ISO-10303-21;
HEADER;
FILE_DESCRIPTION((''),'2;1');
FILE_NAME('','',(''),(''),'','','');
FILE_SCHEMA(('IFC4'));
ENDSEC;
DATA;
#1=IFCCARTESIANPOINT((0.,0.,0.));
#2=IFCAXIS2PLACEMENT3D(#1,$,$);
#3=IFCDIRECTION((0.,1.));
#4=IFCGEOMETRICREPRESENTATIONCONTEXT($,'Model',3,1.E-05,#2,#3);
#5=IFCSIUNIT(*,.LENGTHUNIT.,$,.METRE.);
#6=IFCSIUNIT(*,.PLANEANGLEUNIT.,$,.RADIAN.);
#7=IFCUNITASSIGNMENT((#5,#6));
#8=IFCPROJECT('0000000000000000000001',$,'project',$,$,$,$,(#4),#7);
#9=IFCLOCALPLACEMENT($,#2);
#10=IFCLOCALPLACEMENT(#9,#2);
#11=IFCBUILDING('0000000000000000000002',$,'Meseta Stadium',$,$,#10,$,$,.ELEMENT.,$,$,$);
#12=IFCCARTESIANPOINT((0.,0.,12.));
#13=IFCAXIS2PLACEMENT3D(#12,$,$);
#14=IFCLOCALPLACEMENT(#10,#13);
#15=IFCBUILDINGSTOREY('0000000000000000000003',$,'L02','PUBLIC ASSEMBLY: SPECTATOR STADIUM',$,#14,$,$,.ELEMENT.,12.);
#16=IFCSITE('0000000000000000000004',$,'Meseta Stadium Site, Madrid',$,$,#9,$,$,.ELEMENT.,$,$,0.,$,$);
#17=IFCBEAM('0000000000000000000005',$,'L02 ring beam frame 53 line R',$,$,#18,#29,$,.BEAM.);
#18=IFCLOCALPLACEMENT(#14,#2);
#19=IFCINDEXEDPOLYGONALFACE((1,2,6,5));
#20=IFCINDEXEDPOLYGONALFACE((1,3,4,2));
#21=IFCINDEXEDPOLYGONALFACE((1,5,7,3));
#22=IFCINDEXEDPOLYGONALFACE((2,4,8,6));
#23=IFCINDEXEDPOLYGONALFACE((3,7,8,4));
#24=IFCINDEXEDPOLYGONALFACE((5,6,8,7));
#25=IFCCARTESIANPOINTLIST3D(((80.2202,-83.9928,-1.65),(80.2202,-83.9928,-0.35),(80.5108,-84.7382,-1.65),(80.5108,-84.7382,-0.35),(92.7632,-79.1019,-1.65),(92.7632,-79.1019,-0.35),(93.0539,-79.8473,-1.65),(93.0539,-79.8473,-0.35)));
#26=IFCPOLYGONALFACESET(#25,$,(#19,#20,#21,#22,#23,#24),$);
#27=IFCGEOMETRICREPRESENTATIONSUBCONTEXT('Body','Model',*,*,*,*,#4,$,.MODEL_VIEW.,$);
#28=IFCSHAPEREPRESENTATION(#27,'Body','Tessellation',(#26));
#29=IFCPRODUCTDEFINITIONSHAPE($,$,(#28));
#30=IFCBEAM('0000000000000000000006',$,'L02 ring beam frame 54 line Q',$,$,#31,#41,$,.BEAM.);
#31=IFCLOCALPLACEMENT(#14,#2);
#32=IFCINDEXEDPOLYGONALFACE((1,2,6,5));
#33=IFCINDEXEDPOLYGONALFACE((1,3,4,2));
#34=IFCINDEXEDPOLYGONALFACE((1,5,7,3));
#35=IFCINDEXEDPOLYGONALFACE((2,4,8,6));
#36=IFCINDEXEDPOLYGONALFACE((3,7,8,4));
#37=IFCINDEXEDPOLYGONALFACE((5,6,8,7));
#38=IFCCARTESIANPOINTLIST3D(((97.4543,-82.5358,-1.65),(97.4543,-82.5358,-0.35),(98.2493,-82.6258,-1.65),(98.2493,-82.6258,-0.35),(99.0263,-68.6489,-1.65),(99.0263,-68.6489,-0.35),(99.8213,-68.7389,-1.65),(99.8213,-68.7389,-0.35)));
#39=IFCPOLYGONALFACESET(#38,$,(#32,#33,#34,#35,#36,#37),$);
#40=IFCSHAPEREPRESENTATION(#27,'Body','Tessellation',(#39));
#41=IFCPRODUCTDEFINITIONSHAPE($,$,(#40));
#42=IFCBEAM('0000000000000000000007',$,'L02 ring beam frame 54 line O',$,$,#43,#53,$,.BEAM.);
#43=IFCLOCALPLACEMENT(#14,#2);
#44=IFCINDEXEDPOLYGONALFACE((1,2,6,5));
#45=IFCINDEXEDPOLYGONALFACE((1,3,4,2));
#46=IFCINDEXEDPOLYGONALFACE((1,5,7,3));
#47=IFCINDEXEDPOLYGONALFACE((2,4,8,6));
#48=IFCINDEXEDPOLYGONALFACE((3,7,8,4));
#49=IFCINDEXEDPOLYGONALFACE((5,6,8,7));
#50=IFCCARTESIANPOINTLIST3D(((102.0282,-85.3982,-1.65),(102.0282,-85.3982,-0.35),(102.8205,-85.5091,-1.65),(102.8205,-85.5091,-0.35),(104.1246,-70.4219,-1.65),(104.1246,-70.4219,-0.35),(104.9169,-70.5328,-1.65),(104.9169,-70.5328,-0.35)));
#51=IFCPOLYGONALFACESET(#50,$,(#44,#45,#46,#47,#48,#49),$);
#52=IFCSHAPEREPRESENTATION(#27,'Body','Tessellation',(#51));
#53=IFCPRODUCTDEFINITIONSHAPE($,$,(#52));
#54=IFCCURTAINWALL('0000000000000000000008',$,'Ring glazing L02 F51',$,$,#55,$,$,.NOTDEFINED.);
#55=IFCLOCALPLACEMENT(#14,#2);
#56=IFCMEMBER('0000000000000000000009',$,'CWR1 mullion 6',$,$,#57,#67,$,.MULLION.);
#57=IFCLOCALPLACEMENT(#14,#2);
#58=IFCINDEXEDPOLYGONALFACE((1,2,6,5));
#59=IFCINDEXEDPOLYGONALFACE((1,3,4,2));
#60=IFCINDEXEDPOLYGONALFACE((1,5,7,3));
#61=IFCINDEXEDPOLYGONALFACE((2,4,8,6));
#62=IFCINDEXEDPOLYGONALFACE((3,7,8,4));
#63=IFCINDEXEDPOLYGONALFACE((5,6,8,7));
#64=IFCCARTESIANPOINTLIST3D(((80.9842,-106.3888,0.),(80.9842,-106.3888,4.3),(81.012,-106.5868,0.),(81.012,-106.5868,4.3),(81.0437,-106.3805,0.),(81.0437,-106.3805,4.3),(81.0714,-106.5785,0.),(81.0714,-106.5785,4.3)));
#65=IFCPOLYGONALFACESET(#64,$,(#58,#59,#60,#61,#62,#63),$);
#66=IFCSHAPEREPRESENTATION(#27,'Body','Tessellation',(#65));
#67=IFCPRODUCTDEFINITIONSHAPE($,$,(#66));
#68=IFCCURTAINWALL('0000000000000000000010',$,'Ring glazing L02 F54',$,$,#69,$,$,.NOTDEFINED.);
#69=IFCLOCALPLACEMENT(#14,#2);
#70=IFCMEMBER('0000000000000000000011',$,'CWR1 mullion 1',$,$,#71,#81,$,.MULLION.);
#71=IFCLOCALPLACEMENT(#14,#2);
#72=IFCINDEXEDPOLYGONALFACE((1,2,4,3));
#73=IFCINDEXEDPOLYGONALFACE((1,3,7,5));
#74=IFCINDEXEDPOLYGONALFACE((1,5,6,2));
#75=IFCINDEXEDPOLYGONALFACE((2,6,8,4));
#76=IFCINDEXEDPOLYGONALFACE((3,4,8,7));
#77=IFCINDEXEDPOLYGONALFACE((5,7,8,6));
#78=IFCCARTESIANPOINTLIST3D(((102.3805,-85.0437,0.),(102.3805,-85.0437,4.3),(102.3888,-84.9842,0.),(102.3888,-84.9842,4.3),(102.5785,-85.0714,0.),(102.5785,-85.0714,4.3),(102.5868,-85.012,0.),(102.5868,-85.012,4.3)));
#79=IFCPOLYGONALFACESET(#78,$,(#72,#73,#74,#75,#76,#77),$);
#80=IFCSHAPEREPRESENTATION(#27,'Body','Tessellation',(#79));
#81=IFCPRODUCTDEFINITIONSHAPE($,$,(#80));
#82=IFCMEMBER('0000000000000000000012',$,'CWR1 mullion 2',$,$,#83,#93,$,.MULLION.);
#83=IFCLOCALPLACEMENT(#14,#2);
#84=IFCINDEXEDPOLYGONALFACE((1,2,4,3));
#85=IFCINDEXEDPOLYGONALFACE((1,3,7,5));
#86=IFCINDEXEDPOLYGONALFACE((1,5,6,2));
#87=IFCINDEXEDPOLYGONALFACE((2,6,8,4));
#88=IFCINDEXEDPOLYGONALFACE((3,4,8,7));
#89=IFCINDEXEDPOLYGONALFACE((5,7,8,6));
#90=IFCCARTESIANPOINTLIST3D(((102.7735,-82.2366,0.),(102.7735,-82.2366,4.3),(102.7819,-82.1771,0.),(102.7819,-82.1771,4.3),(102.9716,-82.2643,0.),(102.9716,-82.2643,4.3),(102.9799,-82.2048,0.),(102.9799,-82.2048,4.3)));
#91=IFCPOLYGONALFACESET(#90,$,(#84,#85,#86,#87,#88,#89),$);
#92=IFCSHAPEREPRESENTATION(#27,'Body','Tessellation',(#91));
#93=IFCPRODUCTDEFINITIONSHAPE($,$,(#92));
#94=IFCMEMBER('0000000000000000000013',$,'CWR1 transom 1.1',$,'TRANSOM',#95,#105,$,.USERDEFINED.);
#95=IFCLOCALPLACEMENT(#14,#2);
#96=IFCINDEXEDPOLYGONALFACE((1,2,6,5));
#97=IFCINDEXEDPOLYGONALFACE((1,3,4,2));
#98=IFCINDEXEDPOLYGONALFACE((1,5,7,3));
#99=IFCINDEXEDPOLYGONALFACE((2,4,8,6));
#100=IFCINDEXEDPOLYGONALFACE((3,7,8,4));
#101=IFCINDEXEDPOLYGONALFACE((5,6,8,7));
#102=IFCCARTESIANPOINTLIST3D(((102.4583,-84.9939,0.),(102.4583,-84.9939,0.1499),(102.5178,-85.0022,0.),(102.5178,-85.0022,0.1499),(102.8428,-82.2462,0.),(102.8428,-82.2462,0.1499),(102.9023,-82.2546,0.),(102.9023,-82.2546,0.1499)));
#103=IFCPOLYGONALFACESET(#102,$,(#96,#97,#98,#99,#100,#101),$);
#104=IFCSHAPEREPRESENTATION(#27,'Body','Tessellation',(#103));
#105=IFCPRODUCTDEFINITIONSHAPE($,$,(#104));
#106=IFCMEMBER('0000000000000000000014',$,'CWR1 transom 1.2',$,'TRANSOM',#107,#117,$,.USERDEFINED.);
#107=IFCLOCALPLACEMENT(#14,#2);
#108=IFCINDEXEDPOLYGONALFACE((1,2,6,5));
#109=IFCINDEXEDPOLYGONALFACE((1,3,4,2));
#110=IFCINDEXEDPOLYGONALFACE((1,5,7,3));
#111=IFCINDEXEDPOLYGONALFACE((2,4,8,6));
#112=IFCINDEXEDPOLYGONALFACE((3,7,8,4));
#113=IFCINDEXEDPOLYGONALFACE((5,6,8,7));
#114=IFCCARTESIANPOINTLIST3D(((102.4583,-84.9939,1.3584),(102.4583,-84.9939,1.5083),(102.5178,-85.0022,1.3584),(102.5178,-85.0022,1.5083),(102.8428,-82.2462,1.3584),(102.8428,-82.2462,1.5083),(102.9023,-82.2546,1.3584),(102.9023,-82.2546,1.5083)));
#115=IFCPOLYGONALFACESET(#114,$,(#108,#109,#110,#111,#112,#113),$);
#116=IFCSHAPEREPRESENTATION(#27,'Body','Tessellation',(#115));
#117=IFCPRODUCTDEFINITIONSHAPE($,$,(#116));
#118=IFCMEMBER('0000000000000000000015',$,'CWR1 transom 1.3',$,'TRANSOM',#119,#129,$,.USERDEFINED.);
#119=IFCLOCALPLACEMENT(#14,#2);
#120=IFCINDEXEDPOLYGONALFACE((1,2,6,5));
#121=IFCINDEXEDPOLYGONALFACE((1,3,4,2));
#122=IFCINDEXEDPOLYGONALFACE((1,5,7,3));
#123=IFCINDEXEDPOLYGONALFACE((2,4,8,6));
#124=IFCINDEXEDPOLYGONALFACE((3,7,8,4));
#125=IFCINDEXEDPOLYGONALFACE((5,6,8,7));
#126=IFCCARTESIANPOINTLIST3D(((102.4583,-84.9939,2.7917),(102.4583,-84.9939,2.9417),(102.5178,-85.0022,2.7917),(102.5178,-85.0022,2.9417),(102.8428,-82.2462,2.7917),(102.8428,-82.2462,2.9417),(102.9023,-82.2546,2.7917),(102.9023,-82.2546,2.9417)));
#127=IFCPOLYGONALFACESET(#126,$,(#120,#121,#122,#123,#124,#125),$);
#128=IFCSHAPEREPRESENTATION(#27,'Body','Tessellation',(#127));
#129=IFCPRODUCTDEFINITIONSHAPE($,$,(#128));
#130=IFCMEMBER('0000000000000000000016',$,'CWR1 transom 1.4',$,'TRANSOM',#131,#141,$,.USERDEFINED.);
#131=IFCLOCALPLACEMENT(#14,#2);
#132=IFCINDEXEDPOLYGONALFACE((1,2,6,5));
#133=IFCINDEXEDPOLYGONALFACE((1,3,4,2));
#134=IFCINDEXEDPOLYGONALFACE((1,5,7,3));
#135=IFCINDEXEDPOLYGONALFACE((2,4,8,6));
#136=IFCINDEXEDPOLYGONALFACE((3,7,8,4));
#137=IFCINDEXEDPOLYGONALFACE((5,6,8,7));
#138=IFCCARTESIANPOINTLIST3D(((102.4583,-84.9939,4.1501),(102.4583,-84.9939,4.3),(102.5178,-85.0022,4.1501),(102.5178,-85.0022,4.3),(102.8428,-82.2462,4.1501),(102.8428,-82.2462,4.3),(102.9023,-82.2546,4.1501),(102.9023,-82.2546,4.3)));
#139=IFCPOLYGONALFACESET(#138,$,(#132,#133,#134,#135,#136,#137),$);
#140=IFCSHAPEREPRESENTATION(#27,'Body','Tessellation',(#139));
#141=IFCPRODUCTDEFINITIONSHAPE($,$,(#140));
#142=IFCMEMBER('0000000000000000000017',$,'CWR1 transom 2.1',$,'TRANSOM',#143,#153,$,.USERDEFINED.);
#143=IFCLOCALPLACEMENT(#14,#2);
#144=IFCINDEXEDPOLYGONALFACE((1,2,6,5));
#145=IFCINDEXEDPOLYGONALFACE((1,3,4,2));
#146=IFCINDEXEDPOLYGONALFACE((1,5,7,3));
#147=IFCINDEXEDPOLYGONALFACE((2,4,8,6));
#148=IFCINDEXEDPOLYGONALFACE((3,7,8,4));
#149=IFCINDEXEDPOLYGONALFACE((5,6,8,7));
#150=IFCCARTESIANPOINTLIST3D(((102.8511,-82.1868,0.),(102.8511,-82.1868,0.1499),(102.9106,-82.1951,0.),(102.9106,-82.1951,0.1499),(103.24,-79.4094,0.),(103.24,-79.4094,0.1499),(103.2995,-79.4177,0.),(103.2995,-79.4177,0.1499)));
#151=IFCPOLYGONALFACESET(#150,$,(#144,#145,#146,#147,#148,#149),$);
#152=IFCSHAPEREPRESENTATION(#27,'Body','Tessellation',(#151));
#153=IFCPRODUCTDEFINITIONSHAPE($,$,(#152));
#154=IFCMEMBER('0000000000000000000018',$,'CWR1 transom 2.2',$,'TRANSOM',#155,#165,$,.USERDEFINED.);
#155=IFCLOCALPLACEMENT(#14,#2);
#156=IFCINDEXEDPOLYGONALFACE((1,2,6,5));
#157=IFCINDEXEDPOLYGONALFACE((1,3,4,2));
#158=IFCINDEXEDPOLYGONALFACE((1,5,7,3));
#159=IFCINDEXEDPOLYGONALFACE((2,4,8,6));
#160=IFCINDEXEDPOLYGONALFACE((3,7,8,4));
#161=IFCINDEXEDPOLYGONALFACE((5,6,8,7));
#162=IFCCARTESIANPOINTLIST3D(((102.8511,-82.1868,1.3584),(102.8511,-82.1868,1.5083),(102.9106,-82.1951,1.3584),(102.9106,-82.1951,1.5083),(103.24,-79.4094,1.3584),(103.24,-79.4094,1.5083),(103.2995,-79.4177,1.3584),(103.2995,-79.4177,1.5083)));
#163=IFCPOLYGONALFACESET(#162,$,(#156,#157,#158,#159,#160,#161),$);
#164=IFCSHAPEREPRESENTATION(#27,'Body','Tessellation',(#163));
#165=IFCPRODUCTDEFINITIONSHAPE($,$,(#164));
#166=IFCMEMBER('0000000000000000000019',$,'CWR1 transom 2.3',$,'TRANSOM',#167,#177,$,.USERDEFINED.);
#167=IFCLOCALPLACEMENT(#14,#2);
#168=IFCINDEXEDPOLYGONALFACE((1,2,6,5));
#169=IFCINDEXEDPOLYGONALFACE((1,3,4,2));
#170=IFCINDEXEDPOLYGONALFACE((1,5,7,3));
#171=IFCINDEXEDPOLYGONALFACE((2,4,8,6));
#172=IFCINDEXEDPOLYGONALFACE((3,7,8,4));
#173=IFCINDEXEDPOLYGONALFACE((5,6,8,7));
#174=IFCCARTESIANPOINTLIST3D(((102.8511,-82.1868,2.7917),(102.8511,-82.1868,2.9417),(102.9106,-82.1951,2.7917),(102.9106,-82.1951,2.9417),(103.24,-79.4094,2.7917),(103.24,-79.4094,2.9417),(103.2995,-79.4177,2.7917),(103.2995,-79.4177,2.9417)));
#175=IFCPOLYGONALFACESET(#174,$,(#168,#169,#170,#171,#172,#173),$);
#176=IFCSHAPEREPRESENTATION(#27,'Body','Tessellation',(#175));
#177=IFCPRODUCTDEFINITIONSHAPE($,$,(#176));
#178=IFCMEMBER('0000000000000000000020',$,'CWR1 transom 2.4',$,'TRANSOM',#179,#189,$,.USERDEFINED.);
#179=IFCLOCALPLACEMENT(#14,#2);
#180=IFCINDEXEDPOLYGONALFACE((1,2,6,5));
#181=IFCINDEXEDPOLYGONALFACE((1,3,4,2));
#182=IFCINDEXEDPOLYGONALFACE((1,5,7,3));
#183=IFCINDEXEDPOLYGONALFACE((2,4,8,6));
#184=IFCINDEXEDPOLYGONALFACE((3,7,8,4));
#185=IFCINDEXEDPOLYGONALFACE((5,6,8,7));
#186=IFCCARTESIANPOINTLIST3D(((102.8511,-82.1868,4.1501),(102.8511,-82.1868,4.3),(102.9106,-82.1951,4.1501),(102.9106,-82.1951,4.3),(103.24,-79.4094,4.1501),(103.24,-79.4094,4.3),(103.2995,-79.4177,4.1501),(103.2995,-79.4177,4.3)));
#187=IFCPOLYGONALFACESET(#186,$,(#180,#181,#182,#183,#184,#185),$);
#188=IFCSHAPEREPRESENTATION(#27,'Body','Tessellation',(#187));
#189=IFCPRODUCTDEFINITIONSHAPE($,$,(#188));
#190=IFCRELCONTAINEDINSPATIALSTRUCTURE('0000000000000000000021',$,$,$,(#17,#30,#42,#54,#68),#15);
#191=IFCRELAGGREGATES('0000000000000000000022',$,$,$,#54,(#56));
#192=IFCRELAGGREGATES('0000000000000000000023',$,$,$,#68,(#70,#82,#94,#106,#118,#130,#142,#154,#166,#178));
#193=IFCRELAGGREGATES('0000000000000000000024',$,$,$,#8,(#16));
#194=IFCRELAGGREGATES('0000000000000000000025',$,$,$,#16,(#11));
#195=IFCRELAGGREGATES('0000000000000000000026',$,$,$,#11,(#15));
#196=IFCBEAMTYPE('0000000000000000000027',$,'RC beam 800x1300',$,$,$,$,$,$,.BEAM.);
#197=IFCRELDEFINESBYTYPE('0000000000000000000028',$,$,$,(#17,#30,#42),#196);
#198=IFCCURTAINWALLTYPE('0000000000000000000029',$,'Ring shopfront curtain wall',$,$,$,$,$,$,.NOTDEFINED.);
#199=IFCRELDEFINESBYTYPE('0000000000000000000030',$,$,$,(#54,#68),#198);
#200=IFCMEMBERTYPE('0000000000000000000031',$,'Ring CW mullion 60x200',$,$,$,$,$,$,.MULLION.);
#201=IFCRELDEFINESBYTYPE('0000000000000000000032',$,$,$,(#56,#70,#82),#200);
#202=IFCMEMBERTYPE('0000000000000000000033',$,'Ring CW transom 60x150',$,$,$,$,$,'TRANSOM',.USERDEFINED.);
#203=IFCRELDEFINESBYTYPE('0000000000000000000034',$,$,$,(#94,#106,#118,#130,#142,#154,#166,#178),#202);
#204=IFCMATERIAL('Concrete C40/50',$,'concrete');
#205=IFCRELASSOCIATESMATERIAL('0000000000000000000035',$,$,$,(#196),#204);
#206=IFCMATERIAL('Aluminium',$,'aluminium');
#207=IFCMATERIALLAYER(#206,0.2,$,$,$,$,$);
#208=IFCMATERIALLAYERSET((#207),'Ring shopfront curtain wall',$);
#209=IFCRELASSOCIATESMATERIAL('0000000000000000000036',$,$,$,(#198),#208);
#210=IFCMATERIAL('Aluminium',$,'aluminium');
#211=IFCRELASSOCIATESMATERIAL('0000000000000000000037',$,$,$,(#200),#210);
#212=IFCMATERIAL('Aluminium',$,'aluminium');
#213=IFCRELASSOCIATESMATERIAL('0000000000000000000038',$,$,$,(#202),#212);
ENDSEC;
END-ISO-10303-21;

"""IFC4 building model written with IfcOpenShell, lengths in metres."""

from ifc_helpers import new_model, si_unit, direction, frame, origin, origin_2d, place, context, subcontext, project, spatial, rectangle, extrude, material, layer, layer_set, material_profile, profile_set, type_object, element, aggregate, save


model = new_model("IFC4")

# Units and contexts
model_context = context("Model", 3, precision=1e-05, world=origin(), true_north=direction((0.0, 1.0)))
body_context = subcontext(model_context, "Body", "Model", "MODEL_VIEW")
ifc_project = project(units=[si_unit("LENGTHUNIT", "METRE"), si_unit("PLANEANGLEUNIT", "RADIAN")], contexts=[model_context])

# Site, building, storey
site_placement = place(None, origin())
site = spatial("IfcSite", under=ifc_project, at=site_placement, Name="Meseta Stadium Site, Madrid", CompositionType="ELEMENT", RefElevation=0.0)
building_placement = place(site_placement, origin())
building = spatial("IfcBuilding", under=site, at=building_placement, Name="Meseta Stadium", CompositionType="ELEMENT")
storey_placement = place(building_placement, frame((0.0, 0.0, 12.0)))
storey = spatial("IfcBuildingStorey", under=building, at=storey_placement, Name="L02", Description="PUBLIC ASSEMBLY: SPECTATOR STADIUM", CompositionType="ELEMENT", Elevation=12.0)

# Beams
ifc_material_1 = material(Name="Concrete C40/50", Category="concrete")
ifc_material_profile_1 = material_profile(ifc_material_1, rectangle(XDim=0.8, YDim=1.3, at=origin_2d()), Name="RC 800x1300")
ifc_profile_set_1 = profile_set([ifc_material_profile_1], Name="Concrete C40/50")
beam_type_1 = type_object("IfcBeamType", Name="RC beam 800x1300", PredefinedType="BEAM", material=ifc_profile_set_1)
beam_1_placement = place(storey_placement, frame((80.3655, -84.3655, -1.0), z_axis=(0.931677, 0.363288, 0.0), x_axis=(-0.363288, 0.931677, 0.0)))
element("IfcBeam", 1, at=beam_1_placement, inside=storey, type_object=beam_type_1, Name="L02 ring beam frame 53 line R", PredefinedType="BEAM", context=body_context, shape_type="SweptSolid", body=[
    extrude(rectangle(XDim=0.8, YDim=1.3, at=origin_2d()), origin(), (0.0, 0.0, 1.0), 13.4629),
])
beam_2_placement = place(storey_placement, frame((97.8518, -82.5808, -1.0), z_axis=(0.112483, 0.993654, 0.0), x_axis=(-0.993654, 0.112483, 0.0)))
element("IfcBeam", 2, at=beam_2_placement, inside=storey, type_object=beam_type_1, Name="L02 ring beam frame 54 line Q", PredefinedType="BEAM", context=body_context, shape_type="SweptSolid", body=[
    extrude(rectangle(XDim=0.8, YDim=1.3, at=origin_2d()), origin(), (0.0, 0.0, 1.0), 13.9756),
])
beam_3_placement = place(storey_placement, frame((102.4243, -85.4536, -1.0), z_axis=(0.138632, 0.990344, 0.0), x_axis=(-0.990344, 0.138632, 0.0)))
element("IfcBeam", 3, at=beam_3_placement, inside=storey, type_object=beam_type_1, Name="L02 ring beam frame 54 line O", PredefinedType="BEAM", context=body_context, shape_type="SweptSolid", body=[
    extrude(rectangle(XDim=0.8, YDim=1.3, at=origin_2d()), origin(), (0.0, 0.0, 1.0), 15.1223),
])

# Curtain wall, member
ifc_material_2 = material(Name="Aluminium", Category="aluminium")
ifc_layer_1 = layer(ifc_material_2, 0.2)
ifc_layer_set_1 = layer_set([ifc_layer_1], Name="Ring shopfront curtain wall")
curtain_wall_type = type_object("IfcCurtainWallType", Name="Ring shopfront curtain wall", PredefinedType="NOTDEFINED", material=ifc_layer_set_1)
curtain_wall_1_placement = place(storey_placement, origin())
curtain_wall_1 = element("IfcCurtainWall", 4, at=curtain_wall_1_placement, inside=storey, type_object=curtain_wall_type, Name="Ring glazing L02 F51", PredefinedType="NOTDEFINED")
ifc_material_3 = material(Name="Aluminium", Category="aluminium")
ifc_material_profile_2 = material_profile(ifc_material_3, rectangle(XDim=0.2, YDim=0.0601, at=origin_2d()), Name="CW 200x60")
ifc_profile_set_2 = profile_set([ifc_material_profile_2], Name="Aluminium")
member_type_1 = type_object("IfcMemberType", Name="Ring CW mullion 60x200", PredefinedType="MULLION", material=ifc_profile_set_2)
member_1_placement = place(storey_placement, frame((81.0278, -106.4836, 0.0), z_axis=(0.0, 0.0, 1.0), x_axis=(-0.138643, 0.990342, 0.0)))
member_1 = element("IfcMember", 5, at=member_1_placement, type_object=member_type_1, Name="CWR1 mullion 6", PredefinedType="MULLION", context=body_context, shape_type="SweptSolid", body=[
    extrude(rectangle(XDim=0.2, YDim=0.0601, at=origin_2d()), origin(), (0.0, 0.0, 1.0), 4.3),
])

# Curtain wall, members
curtain_wall_2_placement = place(storey_placement, origin())
curtain_wall_2 = element("IfcCurtainWall", 6, at=curtain_wall_2_placement, inside=storey, type_object=curtain_wall_type, Name="Ring glazing L02 F54", PredefinedType="NOTDEFINED")
member_2_placement = place(storey_placement, frame((102.4836, -85.0278, 0.0), z_axis=(0.0, 0.0, 1.0), x_axis=(-0.990342, 0.138643, 0.0)))
member_2 = element("IfcMember", 7, at=member_2_placement, type_object=member_type_1, Name="CWR1 mullion 1", PredefinedType="MULLION", context=body_context, shape_type="SweptSolid", body=[
    extrude(rectangle(XDim=0.2, YDim=0.0601, at=origin_2d()), origin(), (0.0, 0.0, 1.0), 4.3),
])
member_3_placement = place(storey_placement, frame((102.8767, -82.2207, 0.0), z_axis=(0.0, 0.0, 1.0), x_axis=(-0.990342, 0.138643, 0.0)))
member_3 = element("IfcMember", 8, at=member_3_placement, type_object=member_type_1, Name="CWR1 mullion 2", PredefinedType="MULLION", context=body_context, shape_type="SweptSolid", body=[
    extrude(rectangle(XDim=0.2, YDim=0.0601, at=origin_2d()), origin(), (0.0, 0.0, 1.0), 4.3),
])
ifc_material_4 = material(Name="Aluminium", Category="aluminium")
ifc_material_profile_3 = material_profile(ifc_material_4, rectangle(XDim=0.0601, YDim=0.1499, at=origin_2d()), Name="CW 60x150")
ifc_profile_set_3 = profile_set([ifc_material_profile_3], Name="Aluminium")
member_type_2 = type_object("IfcMemberType", Name="Ring CW transom 60x150", ElementType="TRANSOM", PredefinedType="USERDEFINED", material=ifc_profile_set_3)
member_4_placement = place(storey_placement, frame((102.488, -84.998, 0.075), z_axis=(0.1386, 0.990349, 0.0), x_axis=(-0.990349, 0.1386, 0.0)))
member_4 = element("IfcMember", 9, at=member_4_placement, type_object=member_type_2, Name="CWR1 transom 1.1", ObjectType="TRANSOM", PredefinedType="USERDEFINED", context=body_context, shape_type="SweptSolid", body=[
    extrude(rectangle(XDim=0.0601, YDim=0.1499, at=origin_2d()), origin(), (0.0, 0.0, 1.0), 2.7744),
])
member_5_placement = place(storey_placement, frame((102.488, -84.998, 1.4333), z_axis=(0.1386, 0.990349, 0.0), x_axis=(-0.990349, 0.1386, 0.0)))
member_5 = element("IfcMember", 10, at=member_5_placement, type_object=member_type_2, Name="CWR1 transom 1.2", ObjectType="TRANSOM", PredefinedType="USERDEFINED", context=body_context, shape_type="SweptSolid", body=[
    extrude(rectangle(XDim=0.0601, YDim=0.1499, at=origin_2d()), origin(), (0.0, 0.0, 1.0), 2.7744),
])
member_6_placement = place(storey_placement, frame((102.488, -84.998, 2.8667), z_axis=(0.1386, 0.990349, 0.0), x_axis=(-0.990349, 0.1386, 0.0)))
member_6 = element("IfcMember", 11, at=member_6_placement, type_object=member_type_2, Name="CWR1 transom 1.3", ObjectType="TRANSOM", PredefinedType="USERDEFINED", context=body_context, shape_type="SweptSolid", body=[
    extrude(rectangle(XDim=0.0601, YDim=0.1499, at=origin_2d()), origin(), (0.0, 0.0, 1.0), 2.7744),
])
member_7_placement = place(storey_placement, frame((102.488, -84.998, 4.2251), z_axis=(0.1386, 0.990349, 0.0), x_axis=(-0.990349, 0.1386, 0.0)))
member_7 = element("IfcMember", 12, at=member_7_placement, type_object=member_type_2, Name="CWR1 transom 1.4", ObjectType="TRANSOM", PredefinedType="USERDEFINED", context=body_context, shape_type="SweptSolid", body=[
    extrude(rectangle(XDim=0.0601, YDim=0.1499, at=origin_2d()), origin(), (0.0, 0.0, 1.0), 2.7744),
])
member_8_placement = place(storey_placement, frame((102.8809, -82.1909, 0.075), z_axis=(0.138679, 0.990337, 0.0), x_axis=(-0.990337, 0.138679, 0.0)))
member_8 = element("IfcMember", 13, at=member_8_placement, type_object=member_type_2, Name="CWR1 transom 2.1", ObjectType="TRANSOM", PredefinedType="USERDEFINED", context=body_context, shape_type="SweptSolid", body=[
    extrude(rectangle(XDim=0.0601, YDim=0.1499, at=origin_2d()), origin(), (0.0, 0.0, 1.0), 2.8044),
])
member_9_placement = place(storey_placement, frame((102.8809, -82.1909, 1.4333), z_axis=(0.138679, 0.990337, 0.0), x_axis=(-0.990337, 0.138679, 0.0)))
member_9 = element("IfcMember", 14, at=member_9_placement, type_object=member_type_2, Name="CWR1 transom 2.2", ObjectType="TRANSOM", PredefinedType="USERDEFINED", context=body_context, shape_type="SweptSolid", body=[
    extrude(rectangle(XDim=0.0601, YDim=0.1499, at=origin_2d()), origin(), (0.0, 0.0, 1.0), 2.8044),
])
member_10_placement = place(storey_placement, frame((102.8809, -82.1909, 2.8667), z_axis=(0.138679, 0.990337, 0.0), x_axis=(-0.990337, 0.138679, 0.0)))
member_10 = element("IfcMember", 15, at=member_10_placement, type_object=member_type_2, Name="CWR1 transom 2.3", ObjectType="TRANSOM", PredefinedType="USERDEFINED", context=body_context, shape_type="SweptSolid", body=[
    extrude(rectangle(XDim=0.0601, YDim=0.1499, at=origin_2d()), origin(), (0.0, 0.0, 1.0), 2.8044),
])
member_11_placement = place(storey_placement, frame((102.8809, -82.1909, 4.2251), z_axis=(0.138679, 0.990337, 0.0), x_axis=(-0.990337, 0.138679, 0.0)))
member_11 = element("IfcMember", 16, at=member_11_placement, type_object=member_type_2, Name="CWR1 transom 2.4", ObjectType="TRANSOM", PredefinedType="USERDEFINED", context=body_context, shape_type="SweptSolid", body=[
    extrude(rectangle(XDim=0.0601, YDim=0.1499, at=origin_2d()), origin(), (0.0, 0.0, 1.0), 2.8044),
])

aggregate(curtain_wall_1, [member_1])
aggregate(curtain_wall_2, [member_2, member_3, member_4, member_5, member_6, member_7, member_8, member_9, member_10, member_11])

save(model, "model.ifc")
